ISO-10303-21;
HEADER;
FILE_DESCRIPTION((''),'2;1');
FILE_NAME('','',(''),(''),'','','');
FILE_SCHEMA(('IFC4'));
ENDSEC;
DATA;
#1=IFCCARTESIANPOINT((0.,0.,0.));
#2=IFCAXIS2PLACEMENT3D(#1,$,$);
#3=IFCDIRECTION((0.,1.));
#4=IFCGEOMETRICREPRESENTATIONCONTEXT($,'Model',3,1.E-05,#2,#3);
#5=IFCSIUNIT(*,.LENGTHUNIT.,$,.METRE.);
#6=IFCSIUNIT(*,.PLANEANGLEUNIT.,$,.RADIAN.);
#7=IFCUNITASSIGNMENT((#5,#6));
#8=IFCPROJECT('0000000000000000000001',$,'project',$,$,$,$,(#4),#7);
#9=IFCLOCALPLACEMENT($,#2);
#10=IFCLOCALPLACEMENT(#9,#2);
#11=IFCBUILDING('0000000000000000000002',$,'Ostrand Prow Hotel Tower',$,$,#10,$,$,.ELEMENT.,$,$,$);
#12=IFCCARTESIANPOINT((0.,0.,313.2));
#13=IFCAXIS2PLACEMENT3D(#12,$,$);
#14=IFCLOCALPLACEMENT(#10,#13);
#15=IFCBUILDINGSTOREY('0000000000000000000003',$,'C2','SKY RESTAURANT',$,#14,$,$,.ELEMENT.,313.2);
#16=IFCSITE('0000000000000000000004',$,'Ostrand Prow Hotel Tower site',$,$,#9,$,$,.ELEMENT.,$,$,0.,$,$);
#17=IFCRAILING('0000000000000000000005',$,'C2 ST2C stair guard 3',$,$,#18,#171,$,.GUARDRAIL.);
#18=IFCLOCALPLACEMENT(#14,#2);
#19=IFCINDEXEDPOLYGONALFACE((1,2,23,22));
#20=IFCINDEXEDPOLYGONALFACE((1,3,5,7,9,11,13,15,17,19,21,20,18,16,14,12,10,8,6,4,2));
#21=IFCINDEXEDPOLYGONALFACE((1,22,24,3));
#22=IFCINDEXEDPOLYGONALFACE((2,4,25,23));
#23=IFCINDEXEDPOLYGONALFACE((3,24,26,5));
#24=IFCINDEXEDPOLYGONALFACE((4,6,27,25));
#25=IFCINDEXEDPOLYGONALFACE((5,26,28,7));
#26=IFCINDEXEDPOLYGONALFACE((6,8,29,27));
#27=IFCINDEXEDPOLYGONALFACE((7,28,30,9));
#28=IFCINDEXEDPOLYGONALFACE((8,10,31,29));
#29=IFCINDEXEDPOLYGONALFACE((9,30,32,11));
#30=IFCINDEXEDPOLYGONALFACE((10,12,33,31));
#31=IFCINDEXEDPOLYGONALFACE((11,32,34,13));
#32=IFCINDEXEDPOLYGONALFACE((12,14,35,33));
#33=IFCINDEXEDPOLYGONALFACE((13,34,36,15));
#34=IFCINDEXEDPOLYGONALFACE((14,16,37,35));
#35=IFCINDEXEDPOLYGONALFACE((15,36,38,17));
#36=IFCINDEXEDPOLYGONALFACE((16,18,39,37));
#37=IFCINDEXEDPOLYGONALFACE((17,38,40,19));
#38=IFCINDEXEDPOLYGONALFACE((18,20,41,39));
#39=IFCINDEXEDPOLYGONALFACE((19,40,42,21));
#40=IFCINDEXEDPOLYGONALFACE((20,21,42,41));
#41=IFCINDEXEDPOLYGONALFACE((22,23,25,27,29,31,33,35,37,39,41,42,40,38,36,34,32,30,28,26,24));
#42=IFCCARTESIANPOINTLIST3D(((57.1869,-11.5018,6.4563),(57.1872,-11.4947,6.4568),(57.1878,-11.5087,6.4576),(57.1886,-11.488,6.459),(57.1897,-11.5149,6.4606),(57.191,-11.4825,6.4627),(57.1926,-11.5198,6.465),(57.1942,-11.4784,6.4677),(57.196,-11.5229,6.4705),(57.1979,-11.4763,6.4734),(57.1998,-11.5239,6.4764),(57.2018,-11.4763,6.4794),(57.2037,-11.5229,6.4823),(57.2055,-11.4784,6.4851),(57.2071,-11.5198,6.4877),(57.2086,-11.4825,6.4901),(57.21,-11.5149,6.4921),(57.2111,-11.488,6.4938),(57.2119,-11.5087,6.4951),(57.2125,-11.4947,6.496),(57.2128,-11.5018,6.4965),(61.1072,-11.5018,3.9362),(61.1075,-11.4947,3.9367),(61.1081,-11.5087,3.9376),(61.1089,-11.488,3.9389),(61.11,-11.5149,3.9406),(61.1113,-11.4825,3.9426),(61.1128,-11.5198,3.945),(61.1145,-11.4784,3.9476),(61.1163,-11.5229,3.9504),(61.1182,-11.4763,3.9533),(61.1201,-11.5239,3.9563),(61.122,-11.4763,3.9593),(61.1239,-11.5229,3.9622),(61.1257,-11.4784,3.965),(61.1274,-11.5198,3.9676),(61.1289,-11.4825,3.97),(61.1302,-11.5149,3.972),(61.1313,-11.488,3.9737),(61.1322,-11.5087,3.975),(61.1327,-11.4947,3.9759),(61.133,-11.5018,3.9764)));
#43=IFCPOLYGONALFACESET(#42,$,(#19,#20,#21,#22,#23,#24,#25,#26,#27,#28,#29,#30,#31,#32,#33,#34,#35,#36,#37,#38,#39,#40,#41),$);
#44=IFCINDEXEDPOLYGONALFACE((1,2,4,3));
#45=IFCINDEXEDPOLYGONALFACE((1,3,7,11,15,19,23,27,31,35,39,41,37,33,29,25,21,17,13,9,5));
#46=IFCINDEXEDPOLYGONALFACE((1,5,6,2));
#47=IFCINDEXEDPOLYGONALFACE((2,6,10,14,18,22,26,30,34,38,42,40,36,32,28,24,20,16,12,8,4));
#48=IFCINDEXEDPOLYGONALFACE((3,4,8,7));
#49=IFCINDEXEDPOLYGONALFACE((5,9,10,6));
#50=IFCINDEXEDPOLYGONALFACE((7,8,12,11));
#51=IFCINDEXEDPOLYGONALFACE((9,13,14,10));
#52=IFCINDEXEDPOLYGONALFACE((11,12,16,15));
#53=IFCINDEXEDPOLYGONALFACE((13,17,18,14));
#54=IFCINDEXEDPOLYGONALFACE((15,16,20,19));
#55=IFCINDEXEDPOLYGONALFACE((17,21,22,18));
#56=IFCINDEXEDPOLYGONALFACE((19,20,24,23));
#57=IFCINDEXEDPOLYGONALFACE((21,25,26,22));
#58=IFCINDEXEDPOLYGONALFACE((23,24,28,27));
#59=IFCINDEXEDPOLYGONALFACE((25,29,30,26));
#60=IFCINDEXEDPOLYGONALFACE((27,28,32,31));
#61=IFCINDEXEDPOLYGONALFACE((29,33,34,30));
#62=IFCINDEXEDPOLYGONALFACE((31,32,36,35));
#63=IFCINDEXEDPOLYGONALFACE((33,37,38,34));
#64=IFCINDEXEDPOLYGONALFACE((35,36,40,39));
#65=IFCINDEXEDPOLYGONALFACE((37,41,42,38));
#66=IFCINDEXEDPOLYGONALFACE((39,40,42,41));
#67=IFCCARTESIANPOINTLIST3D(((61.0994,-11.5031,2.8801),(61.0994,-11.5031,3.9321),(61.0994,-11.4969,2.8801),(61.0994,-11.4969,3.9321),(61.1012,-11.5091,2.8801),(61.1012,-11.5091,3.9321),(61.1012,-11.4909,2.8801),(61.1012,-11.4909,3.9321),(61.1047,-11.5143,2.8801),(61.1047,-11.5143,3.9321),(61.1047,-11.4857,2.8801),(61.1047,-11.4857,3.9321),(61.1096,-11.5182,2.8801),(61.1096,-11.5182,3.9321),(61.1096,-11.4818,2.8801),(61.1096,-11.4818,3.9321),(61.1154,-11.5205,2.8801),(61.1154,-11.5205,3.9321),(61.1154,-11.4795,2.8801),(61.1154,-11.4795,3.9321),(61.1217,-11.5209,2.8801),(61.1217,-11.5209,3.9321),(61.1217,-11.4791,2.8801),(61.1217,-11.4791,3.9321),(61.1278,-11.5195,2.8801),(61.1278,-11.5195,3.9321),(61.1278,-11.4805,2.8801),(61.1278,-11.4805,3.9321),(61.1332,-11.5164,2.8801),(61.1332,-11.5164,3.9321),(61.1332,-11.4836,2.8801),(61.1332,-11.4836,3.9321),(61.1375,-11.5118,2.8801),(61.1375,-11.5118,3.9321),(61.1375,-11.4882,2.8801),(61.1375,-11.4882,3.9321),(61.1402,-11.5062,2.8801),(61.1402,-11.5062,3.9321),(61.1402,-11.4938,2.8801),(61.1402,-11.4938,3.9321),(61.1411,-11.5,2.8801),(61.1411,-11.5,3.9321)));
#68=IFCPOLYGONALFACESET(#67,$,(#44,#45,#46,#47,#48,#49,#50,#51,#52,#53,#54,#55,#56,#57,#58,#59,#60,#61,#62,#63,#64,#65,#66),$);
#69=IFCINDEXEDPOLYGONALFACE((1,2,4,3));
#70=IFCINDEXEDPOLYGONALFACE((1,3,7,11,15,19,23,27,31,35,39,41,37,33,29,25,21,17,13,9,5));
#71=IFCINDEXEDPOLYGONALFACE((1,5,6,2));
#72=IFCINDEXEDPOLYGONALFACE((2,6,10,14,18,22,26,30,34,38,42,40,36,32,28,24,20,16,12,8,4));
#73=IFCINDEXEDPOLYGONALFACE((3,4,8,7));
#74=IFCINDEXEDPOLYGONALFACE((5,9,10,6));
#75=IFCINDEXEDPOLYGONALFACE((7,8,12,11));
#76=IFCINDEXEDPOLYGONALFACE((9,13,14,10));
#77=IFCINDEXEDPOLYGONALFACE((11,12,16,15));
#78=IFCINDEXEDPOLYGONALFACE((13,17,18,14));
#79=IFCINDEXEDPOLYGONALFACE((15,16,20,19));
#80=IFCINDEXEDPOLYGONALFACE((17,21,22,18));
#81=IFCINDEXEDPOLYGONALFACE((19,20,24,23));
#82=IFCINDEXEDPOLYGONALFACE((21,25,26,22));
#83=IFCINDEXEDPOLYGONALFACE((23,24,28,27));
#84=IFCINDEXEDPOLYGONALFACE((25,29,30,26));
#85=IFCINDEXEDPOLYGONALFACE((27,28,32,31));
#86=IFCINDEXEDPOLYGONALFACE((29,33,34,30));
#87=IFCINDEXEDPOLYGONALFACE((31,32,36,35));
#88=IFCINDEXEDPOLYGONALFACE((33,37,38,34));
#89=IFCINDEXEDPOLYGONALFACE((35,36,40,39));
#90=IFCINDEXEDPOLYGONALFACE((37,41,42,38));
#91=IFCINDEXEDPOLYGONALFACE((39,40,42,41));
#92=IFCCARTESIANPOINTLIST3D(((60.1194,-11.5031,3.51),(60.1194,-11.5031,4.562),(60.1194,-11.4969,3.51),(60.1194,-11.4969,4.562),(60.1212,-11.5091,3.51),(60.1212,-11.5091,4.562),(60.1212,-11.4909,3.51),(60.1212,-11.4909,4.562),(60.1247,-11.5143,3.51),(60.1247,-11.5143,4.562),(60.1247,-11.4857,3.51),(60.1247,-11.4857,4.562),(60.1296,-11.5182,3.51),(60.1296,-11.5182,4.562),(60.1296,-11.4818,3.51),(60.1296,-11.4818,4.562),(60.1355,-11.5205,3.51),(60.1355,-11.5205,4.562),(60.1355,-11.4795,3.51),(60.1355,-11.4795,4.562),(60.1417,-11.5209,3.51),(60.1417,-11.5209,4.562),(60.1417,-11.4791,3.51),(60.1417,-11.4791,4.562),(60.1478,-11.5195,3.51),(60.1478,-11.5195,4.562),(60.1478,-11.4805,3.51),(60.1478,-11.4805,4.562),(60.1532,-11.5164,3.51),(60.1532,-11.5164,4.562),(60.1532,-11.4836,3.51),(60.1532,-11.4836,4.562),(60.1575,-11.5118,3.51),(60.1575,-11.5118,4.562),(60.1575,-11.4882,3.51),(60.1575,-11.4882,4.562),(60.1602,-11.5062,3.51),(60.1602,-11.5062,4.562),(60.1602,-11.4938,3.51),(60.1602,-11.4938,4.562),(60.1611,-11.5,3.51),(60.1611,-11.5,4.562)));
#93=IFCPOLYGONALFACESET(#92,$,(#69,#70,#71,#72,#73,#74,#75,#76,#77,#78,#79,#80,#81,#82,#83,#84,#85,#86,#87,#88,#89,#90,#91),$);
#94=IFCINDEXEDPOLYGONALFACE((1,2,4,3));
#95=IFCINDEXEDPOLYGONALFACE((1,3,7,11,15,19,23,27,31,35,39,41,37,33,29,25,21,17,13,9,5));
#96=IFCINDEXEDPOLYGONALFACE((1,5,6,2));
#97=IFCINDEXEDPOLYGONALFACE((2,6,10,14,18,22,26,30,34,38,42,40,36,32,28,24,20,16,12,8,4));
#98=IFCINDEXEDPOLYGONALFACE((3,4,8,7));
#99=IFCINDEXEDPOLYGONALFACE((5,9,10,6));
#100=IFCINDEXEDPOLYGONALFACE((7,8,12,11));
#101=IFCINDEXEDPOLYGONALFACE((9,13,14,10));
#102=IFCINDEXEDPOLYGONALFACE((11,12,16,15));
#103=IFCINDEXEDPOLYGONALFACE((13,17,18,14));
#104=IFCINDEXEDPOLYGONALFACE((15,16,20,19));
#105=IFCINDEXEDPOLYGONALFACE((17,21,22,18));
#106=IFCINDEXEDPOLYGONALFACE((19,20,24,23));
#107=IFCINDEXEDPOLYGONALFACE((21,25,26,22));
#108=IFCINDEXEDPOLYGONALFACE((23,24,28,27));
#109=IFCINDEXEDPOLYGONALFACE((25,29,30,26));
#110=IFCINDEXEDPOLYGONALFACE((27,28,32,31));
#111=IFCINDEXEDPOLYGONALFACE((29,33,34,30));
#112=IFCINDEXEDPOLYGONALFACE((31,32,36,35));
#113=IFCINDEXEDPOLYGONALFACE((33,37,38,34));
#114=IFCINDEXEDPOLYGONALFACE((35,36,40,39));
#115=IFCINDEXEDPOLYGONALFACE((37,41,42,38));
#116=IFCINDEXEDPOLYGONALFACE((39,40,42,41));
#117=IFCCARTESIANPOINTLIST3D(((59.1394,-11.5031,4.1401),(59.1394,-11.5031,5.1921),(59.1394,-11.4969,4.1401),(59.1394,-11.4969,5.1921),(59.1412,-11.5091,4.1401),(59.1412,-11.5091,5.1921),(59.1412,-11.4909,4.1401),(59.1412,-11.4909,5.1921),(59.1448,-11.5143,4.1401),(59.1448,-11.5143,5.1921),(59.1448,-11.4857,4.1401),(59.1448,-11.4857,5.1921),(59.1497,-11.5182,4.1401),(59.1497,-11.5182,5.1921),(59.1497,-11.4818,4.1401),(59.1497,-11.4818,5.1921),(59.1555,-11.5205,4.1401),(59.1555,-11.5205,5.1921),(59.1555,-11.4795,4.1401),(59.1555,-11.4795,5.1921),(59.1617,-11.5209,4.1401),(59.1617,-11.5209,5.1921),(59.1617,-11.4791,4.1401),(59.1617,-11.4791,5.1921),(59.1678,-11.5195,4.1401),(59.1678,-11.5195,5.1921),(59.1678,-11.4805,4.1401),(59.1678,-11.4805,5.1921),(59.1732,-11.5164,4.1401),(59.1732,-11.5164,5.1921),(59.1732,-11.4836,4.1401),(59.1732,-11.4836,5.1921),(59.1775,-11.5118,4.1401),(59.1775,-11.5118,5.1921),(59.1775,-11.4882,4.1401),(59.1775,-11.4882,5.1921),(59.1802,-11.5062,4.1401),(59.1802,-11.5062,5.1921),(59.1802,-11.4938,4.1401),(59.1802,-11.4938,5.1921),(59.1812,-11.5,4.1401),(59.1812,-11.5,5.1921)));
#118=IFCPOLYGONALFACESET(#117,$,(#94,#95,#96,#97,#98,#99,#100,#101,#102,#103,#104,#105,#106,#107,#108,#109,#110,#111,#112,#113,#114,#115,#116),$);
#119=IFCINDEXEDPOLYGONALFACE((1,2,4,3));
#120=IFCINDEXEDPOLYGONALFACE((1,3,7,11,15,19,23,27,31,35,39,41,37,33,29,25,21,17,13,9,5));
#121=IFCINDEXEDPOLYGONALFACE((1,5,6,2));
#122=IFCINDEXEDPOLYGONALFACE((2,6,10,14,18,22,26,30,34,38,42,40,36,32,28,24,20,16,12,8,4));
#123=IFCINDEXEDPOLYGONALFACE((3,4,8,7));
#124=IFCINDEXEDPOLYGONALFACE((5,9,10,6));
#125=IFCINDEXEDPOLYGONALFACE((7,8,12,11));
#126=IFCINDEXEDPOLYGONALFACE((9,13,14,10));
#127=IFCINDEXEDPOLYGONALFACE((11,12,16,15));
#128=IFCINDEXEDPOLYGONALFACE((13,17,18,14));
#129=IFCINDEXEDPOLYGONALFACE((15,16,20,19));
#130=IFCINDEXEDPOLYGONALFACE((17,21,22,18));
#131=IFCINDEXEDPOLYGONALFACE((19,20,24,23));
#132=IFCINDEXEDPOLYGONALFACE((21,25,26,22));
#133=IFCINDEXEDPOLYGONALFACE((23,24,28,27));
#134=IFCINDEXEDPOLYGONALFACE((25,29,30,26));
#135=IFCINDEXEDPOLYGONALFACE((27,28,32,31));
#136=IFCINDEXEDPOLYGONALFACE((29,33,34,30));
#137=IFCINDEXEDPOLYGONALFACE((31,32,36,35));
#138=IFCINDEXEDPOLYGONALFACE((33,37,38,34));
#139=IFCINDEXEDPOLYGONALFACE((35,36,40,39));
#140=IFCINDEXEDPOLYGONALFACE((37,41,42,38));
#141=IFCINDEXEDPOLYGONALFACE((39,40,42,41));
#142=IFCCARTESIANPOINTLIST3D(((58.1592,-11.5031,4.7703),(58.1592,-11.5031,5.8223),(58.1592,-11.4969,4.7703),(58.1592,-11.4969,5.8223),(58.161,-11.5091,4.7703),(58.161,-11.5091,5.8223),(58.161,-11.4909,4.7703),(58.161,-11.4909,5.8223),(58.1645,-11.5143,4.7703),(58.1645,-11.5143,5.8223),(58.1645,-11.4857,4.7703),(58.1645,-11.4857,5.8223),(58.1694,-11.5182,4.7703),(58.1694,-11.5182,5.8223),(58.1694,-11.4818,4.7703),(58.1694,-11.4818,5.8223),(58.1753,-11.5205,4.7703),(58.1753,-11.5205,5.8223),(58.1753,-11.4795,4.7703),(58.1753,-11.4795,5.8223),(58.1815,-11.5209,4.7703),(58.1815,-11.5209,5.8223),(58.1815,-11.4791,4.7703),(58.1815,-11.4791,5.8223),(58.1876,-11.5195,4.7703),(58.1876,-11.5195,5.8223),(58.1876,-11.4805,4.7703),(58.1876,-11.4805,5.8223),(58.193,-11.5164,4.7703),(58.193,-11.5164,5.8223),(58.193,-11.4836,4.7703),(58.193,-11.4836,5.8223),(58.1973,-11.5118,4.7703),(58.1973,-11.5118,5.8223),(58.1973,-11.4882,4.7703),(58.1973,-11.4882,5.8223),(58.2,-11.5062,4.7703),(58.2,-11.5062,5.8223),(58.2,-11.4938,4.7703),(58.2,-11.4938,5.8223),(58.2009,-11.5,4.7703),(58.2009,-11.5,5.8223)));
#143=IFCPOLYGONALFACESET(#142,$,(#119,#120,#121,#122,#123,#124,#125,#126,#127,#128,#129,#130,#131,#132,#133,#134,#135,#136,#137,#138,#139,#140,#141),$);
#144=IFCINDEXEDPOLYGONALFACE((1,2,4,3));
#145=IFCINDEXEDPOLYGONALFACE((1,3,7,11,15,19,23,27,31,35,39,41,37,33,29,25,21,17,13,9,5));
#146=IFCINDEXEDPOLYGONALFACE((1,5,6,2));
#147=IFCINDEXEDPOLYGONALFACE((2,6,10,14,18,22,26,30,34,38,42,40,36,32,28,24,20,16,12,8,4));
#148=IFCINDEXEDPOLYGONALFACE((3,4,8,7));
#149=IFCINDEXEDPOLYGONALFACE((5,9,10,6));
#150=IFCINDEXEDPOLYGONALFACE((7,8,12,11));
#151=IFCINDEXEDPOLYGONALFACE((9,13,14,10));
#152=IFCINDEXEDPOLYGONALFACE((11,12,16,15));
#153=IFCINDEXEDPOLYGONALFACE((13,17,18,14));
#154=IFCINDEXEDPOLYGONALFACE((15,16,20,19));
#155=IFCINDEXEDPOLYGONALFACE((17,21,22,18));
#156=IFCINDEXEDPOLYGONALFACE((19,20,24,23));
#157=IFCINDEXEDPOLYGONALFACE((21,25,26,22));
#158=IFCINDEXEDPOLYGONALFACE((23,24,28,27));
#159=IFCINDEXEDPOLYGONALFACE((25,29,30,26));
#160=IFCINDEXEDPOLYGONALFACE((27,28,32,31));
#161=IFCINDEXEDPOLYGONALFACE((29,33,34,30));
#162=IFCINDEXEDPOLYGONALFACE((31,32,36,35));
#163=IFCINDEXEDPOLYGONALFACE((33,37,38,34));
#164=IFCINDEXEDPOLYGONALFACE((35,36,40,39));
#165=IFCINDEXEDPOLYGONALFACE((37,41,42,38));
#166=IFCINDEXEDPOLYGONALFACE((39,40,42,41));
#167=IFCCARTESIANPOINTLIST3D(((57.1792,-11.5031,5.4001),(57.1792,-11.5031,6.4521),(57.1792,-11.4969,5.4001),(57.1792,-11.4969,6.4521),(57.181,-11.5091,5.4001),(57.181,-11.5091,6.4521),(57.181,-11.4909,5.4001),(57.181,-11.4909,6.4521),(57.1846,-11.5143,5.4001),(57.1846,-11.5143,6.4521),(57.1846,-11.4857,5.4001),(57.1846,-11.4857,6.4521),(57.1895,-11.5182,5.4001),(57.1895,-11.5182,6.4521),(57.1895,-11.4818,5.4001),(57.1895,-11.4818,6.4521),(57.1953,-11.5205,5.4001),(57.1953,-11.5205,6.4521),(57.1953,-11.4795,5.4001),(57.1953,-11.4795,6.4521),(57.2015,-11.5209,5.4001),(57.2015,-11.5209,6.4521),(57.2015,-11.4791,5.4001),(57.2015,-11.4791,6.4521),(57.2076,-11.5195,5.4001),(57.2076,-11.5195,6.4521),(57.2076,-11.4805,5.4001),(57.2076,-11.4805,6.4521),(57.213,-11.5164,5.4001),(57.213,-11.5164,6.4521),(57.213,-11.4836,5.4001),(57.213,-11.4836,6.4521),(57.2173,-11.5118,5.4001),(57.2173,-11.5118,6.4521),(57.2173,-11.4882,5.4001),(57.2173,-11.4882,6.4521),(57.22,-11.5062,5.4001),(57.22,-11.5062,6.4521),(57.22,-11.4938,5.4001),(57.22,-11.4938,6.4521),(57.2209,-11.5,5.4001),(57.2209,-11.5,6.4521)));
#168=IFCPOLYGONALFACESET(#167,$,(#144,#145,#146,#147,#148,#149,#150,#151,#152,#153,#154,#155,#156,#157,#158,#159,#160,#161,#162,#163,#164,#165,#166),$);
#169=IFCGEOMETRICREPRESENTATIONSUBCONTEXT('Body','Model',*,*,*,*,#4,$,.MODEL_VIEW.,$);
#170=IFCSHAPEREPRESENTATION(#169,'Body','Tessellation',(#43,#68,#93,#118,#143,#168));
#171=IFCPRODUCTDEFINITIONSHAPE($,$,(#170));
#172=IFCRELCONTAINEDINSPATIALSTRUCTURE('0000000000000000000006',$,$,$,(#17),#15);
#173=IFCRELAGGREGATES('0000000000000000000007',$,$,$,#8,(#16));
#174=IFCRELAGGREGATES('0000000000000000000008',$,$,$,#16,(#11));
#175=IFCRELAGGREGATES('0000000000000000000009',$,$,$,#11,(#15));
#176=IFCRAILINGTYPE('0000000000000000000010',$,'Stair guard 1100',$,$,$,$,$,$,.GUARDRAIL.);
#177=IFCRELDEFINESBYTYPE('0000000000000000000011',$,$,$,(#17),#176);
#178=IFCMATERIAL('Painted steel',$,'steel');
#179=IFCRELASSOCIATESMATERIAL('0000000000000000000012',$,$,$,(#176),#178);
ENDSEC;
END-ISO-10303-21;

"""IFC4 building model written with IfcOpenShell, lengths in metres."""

from ifc_helpers import new_model, si_unit, direction, frame, origin, origin_2d, place, context, subcontext, project, spatial, circle, extrude, material, type_object, element, save


model = new_model("IFC4")

# Units and contexts
model_context = context("Model", 3, precision=1e-05, world=origin(), true_north=direction((0.0, 1.0)))
body_context = subcontext(model_context, "Body", "Model", "MODEL_VIEW")
ifc_project = project(units=[si_unit("LENGTHUNIT", "METRE"), si_unit("PLANEANGLEUNIT", "RADIAN")], contexts=[model_context])

# Site, building, storey
site_placement = place(None, origin())
site = spatial("IfcSite", under=ifc_project, at=site_placement, Name="Ostrand Prow Hotel Tower site", CompositionType="ELEMENT", RefElevation=0.0)
building_placement = place(site_placement, origin())
building = spatial("IfcBuilding", under=site, at=building_placement, Name="Ostrand Prow Hotel Tower", CompositionType="ELEMENT")
storey_placement = place(building_placement, frame((0.0, 0.0, 313.2)))
storey = spatial("IfcBuildingStorey", under=building, at=storey_placement, Name="C2", Description="SKY RESTAURANT", CompositionType="ELEMENT", Elevation=313.2)

# Railing
ifc_material_1 = material(Name="Painted steel", Category="steel")
railing_type_1 = type_object("IfcRailingType", Name="Stair guard 1100", PredefinedType="GUARDRAIL", material=ifc_material_1)
railing_1_placement = place(storey_placement, frame((61.1201, -11.5, 2.8801)))
element("IfcRailing", 1, at=railing_1_placement, inside=storey, type_object=railing_type_1, Name="C2 ST2C stair guard 3", PredefinedType="GUARDRAIL", context=body_context, shape_type="SweptSolid", body=[
    extrude(circle(Radius=0.0239, at=origin_2d()), frame((0.0, 0.0, 1.0762), z_axis=(-0.841187, 0.0, 0.540744), x_axis=(0.0, -1.0, 0.0)), (0.0, 0.0, 1.0), 4.6604),
    extrude(circle(Radius=0.021, at=origin_2d()), origin(), (0.0, 0.0, 1.0), 1.052),
    extrude(circle(Radius=0.021, at=origin_2d()), frame((-0.98, 0.0, 0.6299)), (0.0, 0.0, 1.0), 1.052),
    extrude(circle(Radius=0.021, at=origin_2d()), frame((-1.96, 0.0, 1.26)), (0.0, 0.0, 1.0), 1.052),
    extrude(circle(Radius=0.021, at=origin_2d()), frame((-2.9402, 0.0, 1.8901)), (0.0, 0.0, 1.0), 1.052),
    extrude(circle(Radius=0.021, at=origin_2d()), frame((-3.9202, 0.0, 2.52)), (0.0, 0.0, 1.0), 1.052),
])

save(model, "model.ifc")
